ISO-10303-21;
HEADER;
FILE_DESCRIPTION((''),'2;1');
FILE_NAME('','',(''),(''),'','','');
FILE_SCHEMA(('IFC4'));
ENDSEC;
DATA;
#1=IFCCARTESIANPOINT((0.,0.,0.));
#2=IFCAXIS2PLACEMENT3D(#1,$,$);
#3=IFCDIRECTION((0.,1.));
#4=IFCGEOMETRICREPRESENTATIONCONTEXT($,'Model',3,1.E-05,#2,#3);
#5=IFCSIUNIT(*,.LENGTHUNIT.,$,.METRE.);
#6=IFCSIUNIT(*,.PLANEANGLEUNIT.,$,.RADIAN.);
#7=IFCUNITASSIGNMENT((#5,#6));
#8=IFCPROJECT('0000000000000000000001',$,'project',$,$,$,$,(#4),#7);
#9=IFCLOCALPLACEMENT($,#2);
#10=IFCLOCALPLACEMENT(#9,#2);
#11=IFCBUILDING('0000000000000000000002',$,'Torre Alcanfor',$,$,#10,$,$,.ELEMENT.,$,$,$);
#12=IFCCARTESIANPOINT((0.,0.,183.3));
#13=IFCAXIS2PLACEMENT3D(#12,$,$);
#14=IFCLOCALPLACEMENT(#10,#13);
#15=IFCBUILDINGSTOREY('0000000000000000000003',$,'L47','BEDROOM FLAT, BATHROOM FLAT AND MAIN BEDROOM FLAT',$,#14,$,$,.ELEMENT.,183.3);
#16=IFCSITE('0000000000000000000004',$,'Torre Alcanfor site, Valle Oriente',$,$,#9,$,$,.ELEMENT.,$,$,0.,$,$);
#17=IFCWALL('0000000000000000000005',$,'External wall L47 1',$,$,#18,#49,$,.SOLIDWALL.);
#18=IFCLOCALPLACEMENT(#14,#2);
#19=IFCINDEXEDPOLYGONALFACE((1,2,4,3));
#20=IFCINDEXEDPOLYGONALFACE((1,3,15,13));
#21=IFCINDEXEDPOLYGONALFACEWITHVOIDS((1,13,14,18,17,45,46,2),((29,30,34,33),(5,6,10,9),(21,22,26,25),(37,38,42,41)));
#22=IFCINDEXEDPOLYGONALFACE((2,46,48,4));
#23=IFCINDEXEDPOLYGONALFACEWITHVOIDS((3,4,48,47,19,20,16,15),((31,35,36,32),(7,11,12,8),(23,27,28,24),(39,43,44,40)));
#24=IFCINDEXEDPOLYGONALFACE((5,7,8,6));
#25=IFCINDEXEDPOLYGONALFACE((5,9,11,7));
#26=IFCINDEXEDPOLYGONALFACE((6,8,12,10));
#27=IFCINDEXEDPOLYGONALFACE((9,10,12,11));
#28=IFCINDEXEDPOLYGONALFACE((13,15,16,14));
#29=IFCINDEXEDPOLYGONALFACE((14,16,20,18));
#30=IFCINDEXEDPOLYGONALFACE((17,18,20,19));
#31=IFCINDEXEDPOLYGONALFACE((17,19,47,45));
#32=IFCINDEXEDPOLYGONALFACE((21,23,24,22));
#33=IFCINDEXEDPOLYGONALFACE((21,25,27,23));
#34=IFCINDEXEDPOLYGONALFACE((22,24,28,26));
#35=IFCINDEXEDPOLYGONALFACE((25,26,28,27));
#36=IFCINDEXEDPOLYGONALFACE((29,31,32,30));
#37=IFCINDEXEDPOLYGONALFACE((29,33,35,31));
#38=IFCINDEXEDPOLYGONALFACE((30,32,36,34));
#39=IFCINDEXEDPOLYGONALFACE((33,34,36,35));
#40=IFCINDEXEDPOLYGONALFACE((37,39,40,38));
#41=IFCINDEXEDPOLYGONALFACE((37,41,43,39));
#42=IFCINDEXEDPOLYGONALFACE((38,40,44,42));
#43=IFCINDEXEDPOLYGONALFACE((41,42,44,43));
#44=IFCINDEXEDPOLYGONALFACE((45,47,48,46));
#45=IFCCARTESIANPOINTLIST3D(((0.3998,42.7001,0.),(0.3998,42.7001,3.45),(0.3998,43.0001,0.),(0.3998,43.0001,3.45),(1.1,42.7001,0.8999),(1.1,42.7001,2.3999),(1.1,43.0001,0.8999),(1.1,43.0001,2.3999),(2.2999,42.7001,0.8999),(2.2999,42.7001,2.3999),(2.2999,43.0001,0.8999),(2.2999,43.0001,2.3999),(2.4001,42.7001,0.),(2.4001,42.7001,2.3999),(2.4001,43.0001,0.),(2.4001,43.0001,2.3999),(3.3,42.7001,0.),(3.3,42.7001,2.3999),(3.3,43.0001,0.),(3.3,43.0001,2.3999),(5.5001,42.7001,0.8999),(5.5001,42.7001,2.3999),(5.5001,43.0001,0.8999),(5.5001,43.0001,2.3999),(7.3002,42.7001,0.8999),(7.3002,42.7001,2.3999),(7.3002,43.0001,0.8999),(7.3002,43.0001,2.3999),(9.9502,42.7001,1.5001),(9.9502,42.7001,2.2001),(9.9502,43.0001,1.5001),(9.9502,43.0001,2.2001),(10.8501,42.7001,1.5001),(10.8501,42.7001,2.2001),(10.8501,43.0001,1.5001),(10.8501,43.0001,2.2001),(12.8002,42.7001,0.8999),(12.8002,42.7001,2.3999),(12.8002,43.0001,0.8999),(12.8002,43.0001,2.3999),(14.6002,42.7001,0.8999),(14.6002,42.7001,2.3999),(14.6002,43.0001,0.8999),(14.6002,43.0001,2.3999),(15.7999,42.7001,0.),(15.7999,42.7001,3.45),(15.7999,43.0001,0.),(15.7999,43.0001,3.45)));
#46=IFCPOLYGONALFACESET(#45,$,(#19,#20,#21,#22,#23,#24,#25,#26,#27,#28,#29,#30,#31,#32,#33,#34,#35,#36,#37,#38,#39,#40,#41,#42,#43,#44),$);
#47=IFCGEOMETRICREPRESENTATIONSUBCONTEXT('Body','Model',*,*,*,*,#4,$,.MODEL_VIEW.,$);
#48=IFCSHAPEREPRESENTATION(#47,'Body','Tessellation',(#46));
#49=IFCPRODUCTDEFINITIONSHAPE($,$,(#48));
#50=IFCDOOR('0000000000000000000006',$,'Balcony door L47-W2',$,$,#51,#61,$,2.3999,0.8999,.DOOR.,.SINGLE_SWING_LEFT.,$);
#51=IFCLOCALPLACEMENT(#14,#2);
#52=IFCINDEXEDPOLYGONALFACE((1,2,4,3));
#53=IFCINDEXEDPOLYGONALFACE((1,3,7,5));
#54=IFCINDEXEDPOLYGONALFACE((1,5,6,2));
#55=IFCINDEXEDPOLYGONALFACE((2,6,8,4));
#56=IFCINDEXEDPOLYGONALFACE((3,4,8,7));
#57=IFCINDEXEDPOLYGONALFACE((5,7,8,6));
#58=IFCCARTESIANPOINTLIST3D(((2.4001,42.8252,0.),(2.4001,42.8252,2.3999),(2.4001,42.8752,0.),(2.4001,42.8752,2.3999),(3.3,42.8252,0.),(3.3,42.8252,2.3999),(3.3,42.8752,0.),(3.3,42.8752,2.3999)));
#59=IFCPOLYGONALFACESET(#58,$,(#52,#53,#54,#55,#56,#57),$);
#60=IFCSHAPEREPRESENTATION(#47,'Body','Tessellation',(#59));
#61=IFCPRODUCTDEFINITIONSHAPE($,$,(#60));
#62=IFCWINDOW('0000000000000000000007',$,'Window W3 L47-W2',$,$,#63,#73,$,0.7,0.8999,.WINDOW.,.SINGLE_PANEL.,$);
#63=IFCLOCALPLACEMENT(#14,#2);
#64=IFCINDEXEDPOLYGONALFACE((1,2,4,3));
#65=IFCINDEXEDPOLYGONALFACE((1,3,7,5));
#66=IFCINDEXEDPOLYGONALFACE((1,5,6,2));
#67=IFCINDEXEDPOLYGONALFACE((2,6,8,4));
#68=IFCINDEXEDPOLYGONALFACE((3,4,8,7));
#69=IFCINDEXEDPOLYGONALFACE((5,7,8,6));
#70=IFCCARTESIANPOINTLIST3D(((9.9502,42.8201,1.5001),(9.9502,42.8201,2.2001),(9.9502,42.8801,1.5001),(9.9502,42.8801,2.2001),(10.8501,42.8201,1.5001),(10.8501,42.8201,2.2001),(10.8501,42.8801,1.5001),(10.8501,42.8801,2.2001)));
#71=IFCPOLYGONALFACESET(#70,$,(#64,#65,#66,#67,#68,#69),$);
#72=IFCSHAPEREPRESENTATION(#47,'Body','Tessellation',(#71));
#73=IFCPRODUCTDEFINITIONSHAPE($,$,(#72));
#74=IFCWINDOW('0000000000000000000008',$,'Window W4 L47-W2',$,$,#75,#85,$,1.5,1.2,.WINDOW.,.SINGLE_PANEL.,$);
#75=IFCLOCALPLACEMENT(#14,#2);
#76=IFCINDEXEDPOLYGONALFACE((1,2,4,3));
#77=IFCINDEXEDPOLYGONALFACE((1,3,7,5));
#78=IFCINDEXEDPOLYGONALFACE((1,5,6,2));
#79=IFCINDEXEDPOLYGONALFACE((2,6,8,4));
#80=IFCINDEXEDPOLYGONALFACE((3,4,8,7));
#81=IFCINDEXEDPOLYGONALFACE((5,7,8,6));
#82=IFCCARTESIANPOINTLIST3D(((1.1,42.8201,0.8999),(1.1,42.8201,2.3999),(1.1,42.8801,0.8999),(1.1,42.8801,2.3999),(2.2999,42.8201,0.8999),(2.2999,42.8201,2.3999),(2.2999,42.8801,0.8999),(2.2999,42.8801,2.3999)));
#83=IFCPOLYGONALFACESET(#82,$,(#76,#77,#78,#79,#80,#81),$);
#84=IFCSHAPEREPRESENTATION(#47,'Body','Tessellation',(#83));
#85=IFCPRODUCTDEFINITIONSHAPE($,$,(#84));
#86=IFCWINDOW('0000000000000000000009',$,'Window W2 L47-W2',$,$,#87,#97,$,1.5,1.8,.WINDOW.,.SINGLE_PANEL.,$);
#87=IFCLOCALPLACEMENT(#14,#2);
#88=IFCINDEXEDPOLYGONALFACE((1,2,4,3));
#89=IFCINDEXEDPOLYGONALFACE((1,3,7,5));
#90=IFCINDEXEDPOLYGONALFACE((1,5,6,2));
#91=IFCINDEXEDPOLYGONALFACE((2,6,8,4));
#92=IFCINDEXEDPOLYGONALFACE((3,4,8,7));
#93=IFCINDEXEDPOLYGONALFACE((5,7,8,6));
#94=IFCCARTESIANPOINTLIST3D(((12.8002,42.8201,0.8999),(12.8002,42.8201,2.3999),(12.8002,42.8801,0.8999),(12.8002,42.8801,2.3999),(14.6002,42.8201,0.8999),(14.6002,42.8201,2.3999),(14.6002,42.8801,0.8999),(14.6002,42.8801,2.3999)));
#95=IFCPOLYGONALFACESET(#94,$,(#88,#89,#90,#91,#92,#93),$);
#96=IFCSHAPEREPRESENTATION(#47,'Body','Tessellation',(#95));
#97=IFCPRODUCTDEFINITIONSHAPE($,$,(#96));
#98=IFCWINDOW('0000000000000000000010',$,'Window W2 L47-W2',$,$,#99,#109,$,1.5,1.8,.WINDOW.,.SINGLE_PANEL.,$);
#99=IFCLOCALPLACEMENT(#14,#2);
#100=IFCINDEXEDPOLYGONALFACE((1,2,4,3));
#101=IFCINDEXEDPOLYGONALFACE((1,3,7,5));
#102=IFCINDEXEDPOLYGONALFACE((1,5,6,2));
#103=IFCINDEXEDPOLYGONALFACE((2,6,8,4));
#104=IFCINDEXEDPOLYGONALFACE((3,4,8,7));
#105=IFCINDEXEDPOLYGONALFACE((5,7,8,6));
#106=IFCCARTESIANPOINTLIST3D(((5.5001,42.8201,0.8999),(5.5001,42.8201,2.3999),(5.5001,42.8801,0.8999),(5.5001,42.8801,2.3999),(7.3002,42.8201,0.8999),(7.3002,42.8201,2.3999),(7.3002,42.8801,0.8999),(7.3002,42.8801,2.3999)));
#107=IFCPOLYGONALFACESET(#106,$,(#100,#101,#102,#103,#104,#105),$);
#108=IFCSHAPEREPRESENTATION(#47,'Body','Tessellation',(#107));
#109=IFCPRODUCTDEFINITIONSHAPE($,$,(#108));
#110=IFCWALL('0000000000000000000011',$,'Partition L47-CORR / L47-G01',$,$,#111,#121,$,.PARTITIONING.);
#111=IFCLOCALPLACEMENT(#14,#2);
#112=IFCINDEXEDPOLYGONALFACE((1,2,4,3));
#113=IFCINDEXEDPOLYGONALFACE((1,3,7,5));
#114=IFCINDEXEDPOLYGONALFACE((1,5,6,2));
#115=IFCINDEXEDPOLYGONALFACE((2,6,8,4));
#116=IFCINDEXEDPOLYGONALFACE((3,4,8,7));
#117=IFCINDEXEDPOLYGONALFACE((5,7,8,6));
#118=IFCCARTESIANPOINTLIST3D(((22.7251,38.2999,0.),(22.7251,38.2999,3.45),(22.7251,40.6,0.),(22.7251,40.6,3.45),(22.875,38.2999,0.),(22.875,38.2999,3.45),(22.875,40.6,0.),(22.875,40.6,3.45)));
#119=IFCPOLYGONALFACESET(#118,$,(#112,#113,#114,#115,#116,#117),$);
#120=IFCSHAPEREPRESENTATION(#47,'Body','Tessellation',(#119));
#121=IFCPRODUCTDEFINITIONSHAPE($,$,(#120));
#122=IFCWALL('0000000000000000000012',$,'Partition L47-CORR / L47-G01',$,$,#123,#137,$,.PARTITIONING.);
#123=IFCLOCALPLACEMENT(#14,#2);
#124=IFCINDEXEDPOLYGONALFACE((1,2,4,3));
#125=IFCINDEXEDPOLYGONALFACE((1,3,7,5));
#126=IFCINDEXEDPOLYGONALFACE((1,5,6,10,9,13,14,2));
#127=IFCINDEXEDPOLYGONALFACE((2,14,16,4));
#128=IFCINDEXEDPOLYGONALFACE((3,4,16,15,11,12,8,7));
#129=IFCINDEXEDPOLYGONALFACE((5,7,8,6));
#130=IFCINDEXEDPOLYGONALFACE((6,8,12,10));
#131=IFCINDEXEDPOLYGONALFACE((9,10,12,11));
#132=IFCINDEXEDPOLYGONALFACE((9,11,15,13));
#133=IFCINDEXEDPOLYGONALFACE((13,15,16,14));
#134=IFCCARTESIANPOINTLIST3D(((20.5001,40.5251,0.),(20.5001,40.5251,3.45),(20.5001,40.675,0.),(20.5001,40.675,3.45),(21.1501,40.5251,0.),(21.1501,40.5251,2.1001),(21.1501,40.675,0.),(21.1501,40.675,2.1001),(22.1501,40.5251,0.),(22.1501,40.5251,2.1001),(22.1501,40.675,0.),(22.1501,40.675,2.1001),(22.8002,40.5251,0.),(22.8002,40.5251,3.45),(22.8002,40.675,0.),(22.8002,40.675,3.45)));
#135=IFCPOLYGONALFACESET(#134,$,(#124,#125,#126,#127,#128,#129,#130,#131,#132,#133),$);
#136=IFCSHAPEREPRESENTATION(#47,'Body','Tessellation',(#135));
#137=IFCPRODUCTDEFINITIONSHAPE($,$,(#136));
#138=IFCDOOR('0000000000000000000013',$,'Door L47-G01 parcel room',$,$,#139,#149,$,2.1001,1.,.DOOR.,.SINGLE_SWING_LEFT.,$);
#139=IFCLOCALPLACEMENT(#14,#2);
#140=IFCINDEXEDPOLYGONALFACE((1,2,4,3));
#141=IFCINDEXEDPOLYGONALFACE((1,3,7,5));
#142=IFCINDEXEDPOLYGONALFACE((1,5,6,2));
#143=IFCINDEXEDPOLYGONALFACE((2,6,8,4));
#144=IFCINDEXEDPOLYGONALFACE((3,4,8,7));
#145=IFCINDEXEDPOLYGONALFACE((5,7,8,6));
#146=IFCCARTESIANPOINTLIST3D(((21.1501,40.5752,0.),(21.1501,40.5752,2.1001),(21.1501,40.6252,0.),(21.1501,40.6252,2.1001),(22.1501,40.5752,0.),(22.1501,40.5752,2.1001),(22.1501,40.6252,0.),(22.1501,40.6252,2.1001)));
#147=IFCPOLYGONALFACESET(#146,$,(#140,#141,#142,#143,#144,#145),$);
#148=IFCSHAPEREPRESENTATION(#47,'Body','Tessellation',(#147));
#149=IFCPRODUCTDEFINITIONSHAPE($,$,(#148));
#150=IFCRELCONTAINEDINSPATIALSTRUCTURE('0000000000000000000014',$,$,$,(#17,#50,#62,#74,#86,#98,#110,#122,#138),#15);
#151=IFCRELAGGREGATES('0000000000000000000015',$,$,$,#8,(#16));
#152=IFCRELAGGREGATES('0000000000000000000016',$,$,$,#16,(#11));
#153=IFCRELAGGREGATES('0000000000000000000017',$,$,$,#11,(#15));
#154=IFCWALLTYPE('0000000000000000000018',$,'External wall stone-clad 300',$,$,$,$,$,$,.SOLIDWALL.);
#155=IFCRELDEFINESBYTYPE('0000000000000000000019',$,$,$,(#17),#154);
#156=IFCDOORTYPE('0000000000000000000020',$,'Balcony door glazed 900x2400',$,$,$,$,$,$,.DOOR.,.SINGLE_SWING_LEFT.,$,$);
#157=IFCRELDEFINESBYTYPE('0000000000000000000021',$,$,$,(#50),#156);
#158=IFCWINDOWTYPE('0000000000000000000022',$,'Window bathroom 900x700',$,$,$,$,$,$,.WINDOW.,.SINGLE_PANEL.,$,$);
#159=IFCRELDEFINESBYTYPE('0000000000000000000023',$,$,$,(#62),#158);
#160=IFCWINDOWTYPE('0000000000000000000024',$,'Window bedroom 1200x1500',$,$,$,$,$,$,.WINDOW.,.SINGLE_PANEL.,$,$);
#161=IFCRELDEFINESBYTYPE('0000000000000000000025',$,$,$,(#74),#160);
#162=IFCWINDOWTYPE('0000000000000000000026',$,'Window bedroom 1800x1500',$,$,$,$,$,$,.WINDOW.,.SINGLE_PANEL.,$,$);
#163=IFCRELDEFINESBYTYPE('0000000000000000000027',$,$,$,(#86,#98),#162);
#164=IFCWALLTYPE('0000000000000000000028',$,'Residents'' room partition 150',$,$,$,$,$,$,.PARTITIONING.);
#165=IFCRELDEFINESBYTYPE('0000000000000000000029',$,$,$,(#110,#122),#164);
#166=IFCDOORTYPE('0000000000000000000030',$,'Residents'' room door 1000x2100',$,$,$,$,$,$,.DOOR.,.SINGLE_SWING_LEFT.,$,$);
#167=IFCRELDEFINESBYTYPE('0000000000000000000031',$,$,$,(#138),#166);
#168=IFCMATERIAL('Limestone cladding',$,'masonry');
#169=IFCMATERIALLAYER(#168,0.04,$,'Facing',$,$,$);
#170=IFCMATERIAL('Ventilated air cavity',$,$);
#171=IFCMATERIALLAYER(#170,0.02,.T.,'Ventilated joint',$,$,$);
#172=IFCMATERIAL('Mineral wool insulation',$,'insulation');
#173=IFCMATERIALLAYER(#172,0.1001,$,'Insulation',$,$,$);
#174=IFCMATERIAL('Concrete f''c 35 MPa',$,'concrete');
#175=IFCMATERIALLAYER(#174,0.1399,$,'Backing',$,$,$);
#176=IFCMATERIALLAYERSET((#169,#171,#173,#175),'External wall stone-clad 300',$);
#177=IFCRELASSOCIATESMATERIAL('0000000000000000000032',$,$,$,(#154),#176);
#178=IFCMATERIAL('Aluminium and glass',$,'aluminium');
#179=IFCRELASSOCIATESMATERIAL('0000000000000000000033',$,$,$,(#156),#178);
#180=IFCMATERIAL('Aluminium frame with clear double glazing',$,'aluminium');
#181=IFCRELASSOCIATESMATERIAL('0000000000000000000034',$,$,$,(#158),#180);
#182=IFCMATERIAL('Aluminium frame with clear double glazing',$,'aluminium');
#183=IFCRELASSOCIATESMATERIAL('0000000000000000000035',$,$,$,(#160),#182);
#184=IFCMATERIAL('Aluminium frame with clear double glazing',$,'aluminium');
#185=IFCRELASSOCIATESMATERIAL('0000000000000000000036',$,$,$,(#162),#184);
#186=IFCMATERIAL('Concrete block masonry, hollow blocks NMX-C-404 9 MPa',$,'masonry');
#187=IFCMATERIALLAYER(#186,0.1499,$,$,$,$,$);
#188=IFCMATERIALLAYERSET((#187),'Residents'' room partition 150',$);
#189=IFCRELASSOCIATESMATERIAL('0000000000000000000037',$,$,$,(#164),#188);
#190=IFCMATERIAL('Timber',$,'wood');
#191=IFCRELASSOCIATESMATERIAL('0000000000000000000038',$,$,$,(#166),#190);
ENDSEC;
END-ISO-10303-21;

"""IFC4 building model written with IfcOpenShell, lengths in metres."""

from ifc_helpers import new_model, si_unit, direction, frame, frame_2d, origin, place, context, subcontext, project, spatial, rectangle, extrude, material, layer, layer_set, type_object, element, fill, save


model = new_model("IFC4")

# Units and contexts
model_context = context("Model", 3, precision=1e-05, world=origin(), true_north=direction((0.0, 1.0)))
body_context = subcontext(model_context, "Body", "Model", "MODEL_VIEW")
ifc_project = project(units=[si_unit("LENGTHUNIT", "METRE"), si_unit("PLANEANGLEUNIT", "RADIAN")], contexts=[model_context])

# Site, building, storey
site_placement = place(None, origin())
site = spatial("IfcSite", under=ifc_project, at=site_placement, Name="Torre Alcanfor site, Valle Oriente", CompositionType="ELEMENT", RefElevation=0.0)
building_placement = place(site_placement, origin())
building = spatial("IfcBuilding", under=site, at=building_placement, Name="Torre Alcanfor", CompositionType="ELEMENT")
storey_placement = place(building_placement, frame((0.0, 0.0, 183.3)))
storey = spatial("IfcBuildingStorey", under=building, at=storey_placement, Name="L47", Description="BEDROOM FLAT, BATHROOM FLAT AND MAIN BEDROOM FLAT", CompositionType="ELEMENT", Elevation=183.3)

# Wall, openings, door, windows
ifc_material_1 = material(Name="Limestone cladding", Category="masonry")
ifc_layer_1 = layer(ifc_material_1, 0.04, Name="Facing")
ifc_material_2 = material(Name="Ventilated air cavity")
ifc_layer_2 = layer(ifc_material_2, 0.02, ventilated=True, Name="Ventilated joint")
ifc_material_3 = material(Name="Mineral wool insulation", Category="insulation")
ifc_layer_3 = layer(ifc_material_3, 0.1001, Name="Insulation")
ifc_material_4 = material(Name="Concrete f'c 35 MPa", Category="concrete")
ifc_layer_4 = layer(ifc_material_4, 0.1399, Name="Backing")
ifc_layer_set_1 = layer_set([ifc_layer_1, ifc_layer_2, ifc_layer_3, ifc_layer_4], Name="External wall stone-clad 300")
wall_type_1 = type_object("IfcWallType", Name="External wall stone-clad 300", PredefinedType="SOLIDWALL", material=ifc_layer_set_1)
wall_1_placement = place(storey_placement, frame((15.8, 42.8501, 0.0), z_axis=(0.0, 0.0, 1.0), x_axis=(-1.0, 0.0, 0.0)))
wall_1 = element("IfcWall", 1, at=wall_1_placement, inside=storey, type_object=wall_type_1, Name="External wall L47 1", PredefinedType="SOLIDWALL", context=body_context, shape_type="SweptSolid", body=[
    extrude(rectangle(XDim=15.4001, YDim=0.3, at=frame_2d((7.7002, 0.0))), origin(), (0.0, 0.0, 1.0), 3.45),
])
opening_1_placement = place(wall_1_placement, frame((1.2, 0.0, 0.8999)))
opening_1 = element("IfcOpeningElement", 2, at=opening_1_placement, cuts=wall_1, PredefinedType="OPENING", context=body_context, shape_type="SweptSolid", body=[
    extrude(rectangle(XDim=1.8, YDim=1.5, at=frame_2d((0.8999, 0.75))), frame((0.0, 0.1599, 0.0), z_axis=(0.0, -1.0, 0.0), x_axis=(1.0, 0.0, 0.0)), (0.0, 0.0, 1.0), 0.3201),
])
opening_2_placement = place(wall_1_placement, frame((4.95, 0.0, 1.5)))
opening_2 = element("IfcOpeningElement", 3, at=opening_2_placement, cuts=wall_1, PredefinedType="OPENING", context=body_context, shape_type="SweptSolid", body=[
    extrude(rectangle(XDim=0.8999, YDim=0.7, at=frame_2d((0.45, 0.3501))), frame((0.0, 0.1599, 0.0), z_axis=(0.0, -1.0, 0.0), x_axis=(1.0, 0.0, 0.0)), (0.0, 0.0, 1.0), 0.3201),
])
opening_3_placement = place(wall_1_placement, frame((8.5, 0.0, 0.8999)))
opening_3 = element("IfcOpeningElement", 4, at=opening_3_placement, cuts=wall_1, PredefinedType="OPENING", context=body_context, shape_type="SweptSolid", body=[
    extrude(rectangle(XDim=1.8, YDim=1.5, at=frame_2d((0.8999, 0.75))), frame((0.0, 0.1599, 0.0), z_axis=(0.0, -1.0, 0.0), x_axis=(1.0, 0.0, 0.0)), (0.0, 0.0, 1.0), 0.3201),
])
opening_4_placement = place(wall_1_placement, frame((12.5, 0.0, 0.0)))
opening_4 = element("IfcOpeningElement", 5, at=opening_4_placement, cuts=wall_1, PredefinedType="OPENING", context=body_context, shape_type="SweptSolid", body=[
    extrude(rectangle(XDim=0.8999, YDim=2.3999, at=frame_2d((0.45, 1.2))), frame((0.0, 0.1599, 0.0), z_axis=(0.0, -1.0, 0.0), x_axis=(1.0, 0.0, 0.0)), (0.0, 0.0, 1.0), 0.3201),
])
opening_5_placement = place(wall_1_placement, frame((13.5, 0.0, 0.8999)))
opening_5 = element("IfcOpeningElement", 6, at=opening_5_placement, cuts=wall_1, PredefinedType="OPENING", context=body_context, shape_type="SweptSolid", body=[
    extrude(rectangle(XDim=1.2, YDim=1.5, at=frame_2d((0.6001, 0.75))), frame((0.0, 0.1599, 0.0), z_axis=(0.0, -1.0, 0.0), x_axis=(1.0, 0.0, 0.0)), (0.0, 0.0, 1.0), 0.3201),
])
ifc_material_5 = material(Name="Aluminium and glass", Category="aluminium")
door_type_1 = type_object("IfcDoorType", Name="Balcony door glazed 900x2400", OperationType="SINGLE_SWING_LEFT", PredefinedType="DOOR", material=ifc_material_5)
door_1_placement = place(opening_4_placement, origin())
door_1 = element("IfcDoor", 7, at=door_1_placement, inside=storey, type_object=door_type_1, Name="Balcony door L47-W2", OperationType="SINGLE_SWING_LEFT", OverallHeight=2.3999, OverallWidth=0.8999, PredefinedType="DOOR", context=body_context, shape_type="SweptSolid", body=[
    extrude(rectangle(XDim=0.8999, YDim=2.3999, at=frame_2d((0.45, 1.2))), frame((0.0, 0.0249, 0.0), z_axis=(0.0, -1.0, 0.0), x_axis=(1.0, 0.0, 0.0)), (0.0, 0.0, 1.0), 0.05),
])
fill(opening_4, door_1)
ifc_material_6 = material(Name="Aluminium frame with clear double glazing", Category="aluminium")
window_type_1 = type_object("IfcWindowType", Name="Window bathroom 900x700", PartitioningType="SINGLE_PANEL", PredefinedType="WINDOW", material=ifc_material_6)
window_1_placement = place(opening_2_placement, origin())
window_1 = element("IfcWindow", 8, at=window_1_placement, inside=storey, type_object=window_type_1, Name="Window W3 L47-W2", OverallHeight=0.7, OverallWidth=0.8999, PartitioningType="SINGLE_PANEL", PredefinedType="WINDOW", context=body_context, shape_type="SweptSolid", body=[
    extrude(rectangle(XDim=0.8999, YDim=0.7, at=frame_2d((0.45, 0.3501))), frame((0.0, 0.03, 0.0), z_axis=(0.0, -1.0, 0.0), x_axis=(1.0, 0.0, 0.0)), (0.0, 0.0, 1.0), 0.0601),
])
fill(opening_2, window_1)
ifc_material_7 = material(Name="Aluminium frame with clear double glazing", Category="aluminium")
window_type_2 = type_object("IfcWindowType", Name="Window bedroom 1200x1500", PartitioningType="SINGLE_PANEL", PredefinedType="WINDOW", material=ifc_material_7)
window_2_placement = place(opening_5_placement, origin())
window_2 = element("IfcWindow", 9, at=window_2_placement, inside=storey, type_object=window_type_2, Name="Window W4 L47-W2", OverallHeight=1.5, OverallWidth=1.2, PartitioningType="SINGLE_PANEL", PredefinedType="WINDOW", context=body_context, shape_type="SweptSolid", body=[
    extrude(rectangle(XDim=1.2, YDim=1.5, at=frame_2d((0.6001, 0.75))), frame((0.0, 0.03, 0.0), z_axis=(0.0, -1.0, 0.0), x_axis=(1.0, 0.0, 0.0)), (0.0, 0.0, 1.0), 0.0601),
])
fill(opening_5, window_2)
ifc_material_8 = material(Name="Aluminium frame with clear double glazing", Category="aluminium")
window_type_3 = type_object("IfcWindowType", Name="Window bedroom 1800x1500", PartitioningType="SINGLE_PANEL", PredefinedType="WINDOW", material=ifc_material_8)
window_3_placement = place(opening_1_placement, origin())
window_3 = element("IfcWindow", 10, at=window_3_placement, inside=storey, type_object=window_type_3, Name="Window W2 L47-W2", OverallHeight=1.5, OverallWidth=1.8, PartitioningType="SINGLE_PANEL", PredefinedType="WINDOW", context=body_context, shape_type="SweptSolid", body=[
    extrude(rectangle(XDim=1.8, YDim=1.5, at=frame_2d((0.8999, 0.75))), frame((0.0, 0.03, 0.0), z_axis=(0.0, -1.0, 0.0), x_axis=(1.0, 0.0, 0.0)), (0.0, 0.0, 1.0), 0.0601),
])
fill(opening_1, window_3)
window_4_placement = place(opening_3_placement, origin())
window_4 = element("IfcWindow", 11, at=window_4_placement, inside=storey, type_object=window_type_3, Name="Window W2 L47-W2", OverallHeight=1.5, OverallWidth=1.8, PartitioningType="SINGLE_PANEL", PredefinedType="WINDOW", context=body_context, shape_type="SweptSolid", body=[
    extrude(rectangle(XDim=1.8, YDim=1.5, at=frame_2d((0.8999, 0.75))), frame((0.0, 0.03, 0.0), z_axis=(0.0, -1.0, 0.0), x_axis=(1.0, 0.0, 0.0)), (0.0, 0.0, 1.0), 0.0601),
])
fill(opening_3, window_4)

# Wall
ifc_material_9 = material(Name="Concrete block masonry, hollow blocks NMX-C-404 9 MPa", Category="masonry")
ifc_layer_5 = layer(ifc_material_9, 0.1499)
ifc_layer_set_2 = layer_set([ifc_layer_5], Name="Residents' room partition 150")
wall_type_2 = type_object("IfcWallType", Name="Residents' room partition 150", PredefinedType="PARTITIONING", material=ifc_layer_set_2)
wall_2_placement = place(storey_placement, frame((22.8, 38.3, 0.0), z_axis=(0.0, 0.0, 1.0), x_axis=(0.0, 1.0, 0.0)))
element("IfcWall", 12, at=wall_2_placement, inside=storey, type_object=wall_type_2, Name="Partition L47-CORR / L47-G01", PredefinedType="PARTITIONING", context=body_context, shape_type="SweptSolid", body=[
    extrude(rectangle(XDim=2.3, YDim=0.1499, at=frame_2d((1.1499, 0.0))), origin(), (0.0, 0.0, 1.0), 3.45),
])

# Wall, opening, door
wall_3_placement = place(storey_placement, frame((22.8, 40.6001, 0.0), z_axis=(0.0, 0.0, 1.0), x_axis=(-1.0, 0.0, 0.0)))
wall_3 = element("IfcWall", 13, at=wall_3_placement, inside=storey, type_object=wall_type_2, Name="Partition L47-CORR / L47-G01", PredefinedType="PARTITIONING", context=body_context, shape_type="SweptSolid", body=[
    extrude(rectangle(XDim=2.3, YDim=0.1499, at=frame_2d((1.1499, 0.0))), origin(), (0.0, 0.0, 1.0), 3.45),
])
opening_6_placement = place(wall_3_placement, frame((0.6499, 0.0, 0.0)))
opening_6 = element("IfcOpeningElement", 14, at=opening_6_placement, cuts=wall_3, PredefinedType="OPENING", context=body_context, shape_type="SweptSolid", body=[
    extrude(rectangle(XDim=1.0, YDim=2.1001, at=frame_2d((0.5, 1.05))), frame((0.0, 0.085, 0.0), z_axis=(0.0, -1.0, 0.0), x_axis=(1.0, 0.0, 0.0)), (0.0, 0.0, 1.0), 0.1699),
])
ifc_material_10 = material(Name="Timber", Category="wood")
door_type_2 = type_object("IfcDoorType", Name="Residents' room door 1000x2100", OperationType="SINGLE_SWING_LEFT", PredefinedType="DOOR", material=ifc_material_10)
door_2_placement = place(opening_6_placement, origin())
door_2 = element("IfcDoor", 15, at=door_2_placement, inside=storey, type_object=door_type_2, Name="Door L47-G01 parcel room", OperationType="SINGLE_SWING_LEFT", OverallHeight=2.1001, OverallWidth=1.0, PredefinedType="DOOR", context=body_context, shape_type="SweptSolid", body=[
    extrude(rectangle(XDim=1.0, YDim=2.1001, at=frame_2d((0.5, 1.05))), frame((0.0, 0.0249, 0.0), z_axis=(0.0, -1.0, 0.0), x_axis=(1.0, 0.0, 0.0)), (0.0, 0.0, 1.0), 0.05),
])
fill(opening_6, door_2)

save(model, "model.ifc")
